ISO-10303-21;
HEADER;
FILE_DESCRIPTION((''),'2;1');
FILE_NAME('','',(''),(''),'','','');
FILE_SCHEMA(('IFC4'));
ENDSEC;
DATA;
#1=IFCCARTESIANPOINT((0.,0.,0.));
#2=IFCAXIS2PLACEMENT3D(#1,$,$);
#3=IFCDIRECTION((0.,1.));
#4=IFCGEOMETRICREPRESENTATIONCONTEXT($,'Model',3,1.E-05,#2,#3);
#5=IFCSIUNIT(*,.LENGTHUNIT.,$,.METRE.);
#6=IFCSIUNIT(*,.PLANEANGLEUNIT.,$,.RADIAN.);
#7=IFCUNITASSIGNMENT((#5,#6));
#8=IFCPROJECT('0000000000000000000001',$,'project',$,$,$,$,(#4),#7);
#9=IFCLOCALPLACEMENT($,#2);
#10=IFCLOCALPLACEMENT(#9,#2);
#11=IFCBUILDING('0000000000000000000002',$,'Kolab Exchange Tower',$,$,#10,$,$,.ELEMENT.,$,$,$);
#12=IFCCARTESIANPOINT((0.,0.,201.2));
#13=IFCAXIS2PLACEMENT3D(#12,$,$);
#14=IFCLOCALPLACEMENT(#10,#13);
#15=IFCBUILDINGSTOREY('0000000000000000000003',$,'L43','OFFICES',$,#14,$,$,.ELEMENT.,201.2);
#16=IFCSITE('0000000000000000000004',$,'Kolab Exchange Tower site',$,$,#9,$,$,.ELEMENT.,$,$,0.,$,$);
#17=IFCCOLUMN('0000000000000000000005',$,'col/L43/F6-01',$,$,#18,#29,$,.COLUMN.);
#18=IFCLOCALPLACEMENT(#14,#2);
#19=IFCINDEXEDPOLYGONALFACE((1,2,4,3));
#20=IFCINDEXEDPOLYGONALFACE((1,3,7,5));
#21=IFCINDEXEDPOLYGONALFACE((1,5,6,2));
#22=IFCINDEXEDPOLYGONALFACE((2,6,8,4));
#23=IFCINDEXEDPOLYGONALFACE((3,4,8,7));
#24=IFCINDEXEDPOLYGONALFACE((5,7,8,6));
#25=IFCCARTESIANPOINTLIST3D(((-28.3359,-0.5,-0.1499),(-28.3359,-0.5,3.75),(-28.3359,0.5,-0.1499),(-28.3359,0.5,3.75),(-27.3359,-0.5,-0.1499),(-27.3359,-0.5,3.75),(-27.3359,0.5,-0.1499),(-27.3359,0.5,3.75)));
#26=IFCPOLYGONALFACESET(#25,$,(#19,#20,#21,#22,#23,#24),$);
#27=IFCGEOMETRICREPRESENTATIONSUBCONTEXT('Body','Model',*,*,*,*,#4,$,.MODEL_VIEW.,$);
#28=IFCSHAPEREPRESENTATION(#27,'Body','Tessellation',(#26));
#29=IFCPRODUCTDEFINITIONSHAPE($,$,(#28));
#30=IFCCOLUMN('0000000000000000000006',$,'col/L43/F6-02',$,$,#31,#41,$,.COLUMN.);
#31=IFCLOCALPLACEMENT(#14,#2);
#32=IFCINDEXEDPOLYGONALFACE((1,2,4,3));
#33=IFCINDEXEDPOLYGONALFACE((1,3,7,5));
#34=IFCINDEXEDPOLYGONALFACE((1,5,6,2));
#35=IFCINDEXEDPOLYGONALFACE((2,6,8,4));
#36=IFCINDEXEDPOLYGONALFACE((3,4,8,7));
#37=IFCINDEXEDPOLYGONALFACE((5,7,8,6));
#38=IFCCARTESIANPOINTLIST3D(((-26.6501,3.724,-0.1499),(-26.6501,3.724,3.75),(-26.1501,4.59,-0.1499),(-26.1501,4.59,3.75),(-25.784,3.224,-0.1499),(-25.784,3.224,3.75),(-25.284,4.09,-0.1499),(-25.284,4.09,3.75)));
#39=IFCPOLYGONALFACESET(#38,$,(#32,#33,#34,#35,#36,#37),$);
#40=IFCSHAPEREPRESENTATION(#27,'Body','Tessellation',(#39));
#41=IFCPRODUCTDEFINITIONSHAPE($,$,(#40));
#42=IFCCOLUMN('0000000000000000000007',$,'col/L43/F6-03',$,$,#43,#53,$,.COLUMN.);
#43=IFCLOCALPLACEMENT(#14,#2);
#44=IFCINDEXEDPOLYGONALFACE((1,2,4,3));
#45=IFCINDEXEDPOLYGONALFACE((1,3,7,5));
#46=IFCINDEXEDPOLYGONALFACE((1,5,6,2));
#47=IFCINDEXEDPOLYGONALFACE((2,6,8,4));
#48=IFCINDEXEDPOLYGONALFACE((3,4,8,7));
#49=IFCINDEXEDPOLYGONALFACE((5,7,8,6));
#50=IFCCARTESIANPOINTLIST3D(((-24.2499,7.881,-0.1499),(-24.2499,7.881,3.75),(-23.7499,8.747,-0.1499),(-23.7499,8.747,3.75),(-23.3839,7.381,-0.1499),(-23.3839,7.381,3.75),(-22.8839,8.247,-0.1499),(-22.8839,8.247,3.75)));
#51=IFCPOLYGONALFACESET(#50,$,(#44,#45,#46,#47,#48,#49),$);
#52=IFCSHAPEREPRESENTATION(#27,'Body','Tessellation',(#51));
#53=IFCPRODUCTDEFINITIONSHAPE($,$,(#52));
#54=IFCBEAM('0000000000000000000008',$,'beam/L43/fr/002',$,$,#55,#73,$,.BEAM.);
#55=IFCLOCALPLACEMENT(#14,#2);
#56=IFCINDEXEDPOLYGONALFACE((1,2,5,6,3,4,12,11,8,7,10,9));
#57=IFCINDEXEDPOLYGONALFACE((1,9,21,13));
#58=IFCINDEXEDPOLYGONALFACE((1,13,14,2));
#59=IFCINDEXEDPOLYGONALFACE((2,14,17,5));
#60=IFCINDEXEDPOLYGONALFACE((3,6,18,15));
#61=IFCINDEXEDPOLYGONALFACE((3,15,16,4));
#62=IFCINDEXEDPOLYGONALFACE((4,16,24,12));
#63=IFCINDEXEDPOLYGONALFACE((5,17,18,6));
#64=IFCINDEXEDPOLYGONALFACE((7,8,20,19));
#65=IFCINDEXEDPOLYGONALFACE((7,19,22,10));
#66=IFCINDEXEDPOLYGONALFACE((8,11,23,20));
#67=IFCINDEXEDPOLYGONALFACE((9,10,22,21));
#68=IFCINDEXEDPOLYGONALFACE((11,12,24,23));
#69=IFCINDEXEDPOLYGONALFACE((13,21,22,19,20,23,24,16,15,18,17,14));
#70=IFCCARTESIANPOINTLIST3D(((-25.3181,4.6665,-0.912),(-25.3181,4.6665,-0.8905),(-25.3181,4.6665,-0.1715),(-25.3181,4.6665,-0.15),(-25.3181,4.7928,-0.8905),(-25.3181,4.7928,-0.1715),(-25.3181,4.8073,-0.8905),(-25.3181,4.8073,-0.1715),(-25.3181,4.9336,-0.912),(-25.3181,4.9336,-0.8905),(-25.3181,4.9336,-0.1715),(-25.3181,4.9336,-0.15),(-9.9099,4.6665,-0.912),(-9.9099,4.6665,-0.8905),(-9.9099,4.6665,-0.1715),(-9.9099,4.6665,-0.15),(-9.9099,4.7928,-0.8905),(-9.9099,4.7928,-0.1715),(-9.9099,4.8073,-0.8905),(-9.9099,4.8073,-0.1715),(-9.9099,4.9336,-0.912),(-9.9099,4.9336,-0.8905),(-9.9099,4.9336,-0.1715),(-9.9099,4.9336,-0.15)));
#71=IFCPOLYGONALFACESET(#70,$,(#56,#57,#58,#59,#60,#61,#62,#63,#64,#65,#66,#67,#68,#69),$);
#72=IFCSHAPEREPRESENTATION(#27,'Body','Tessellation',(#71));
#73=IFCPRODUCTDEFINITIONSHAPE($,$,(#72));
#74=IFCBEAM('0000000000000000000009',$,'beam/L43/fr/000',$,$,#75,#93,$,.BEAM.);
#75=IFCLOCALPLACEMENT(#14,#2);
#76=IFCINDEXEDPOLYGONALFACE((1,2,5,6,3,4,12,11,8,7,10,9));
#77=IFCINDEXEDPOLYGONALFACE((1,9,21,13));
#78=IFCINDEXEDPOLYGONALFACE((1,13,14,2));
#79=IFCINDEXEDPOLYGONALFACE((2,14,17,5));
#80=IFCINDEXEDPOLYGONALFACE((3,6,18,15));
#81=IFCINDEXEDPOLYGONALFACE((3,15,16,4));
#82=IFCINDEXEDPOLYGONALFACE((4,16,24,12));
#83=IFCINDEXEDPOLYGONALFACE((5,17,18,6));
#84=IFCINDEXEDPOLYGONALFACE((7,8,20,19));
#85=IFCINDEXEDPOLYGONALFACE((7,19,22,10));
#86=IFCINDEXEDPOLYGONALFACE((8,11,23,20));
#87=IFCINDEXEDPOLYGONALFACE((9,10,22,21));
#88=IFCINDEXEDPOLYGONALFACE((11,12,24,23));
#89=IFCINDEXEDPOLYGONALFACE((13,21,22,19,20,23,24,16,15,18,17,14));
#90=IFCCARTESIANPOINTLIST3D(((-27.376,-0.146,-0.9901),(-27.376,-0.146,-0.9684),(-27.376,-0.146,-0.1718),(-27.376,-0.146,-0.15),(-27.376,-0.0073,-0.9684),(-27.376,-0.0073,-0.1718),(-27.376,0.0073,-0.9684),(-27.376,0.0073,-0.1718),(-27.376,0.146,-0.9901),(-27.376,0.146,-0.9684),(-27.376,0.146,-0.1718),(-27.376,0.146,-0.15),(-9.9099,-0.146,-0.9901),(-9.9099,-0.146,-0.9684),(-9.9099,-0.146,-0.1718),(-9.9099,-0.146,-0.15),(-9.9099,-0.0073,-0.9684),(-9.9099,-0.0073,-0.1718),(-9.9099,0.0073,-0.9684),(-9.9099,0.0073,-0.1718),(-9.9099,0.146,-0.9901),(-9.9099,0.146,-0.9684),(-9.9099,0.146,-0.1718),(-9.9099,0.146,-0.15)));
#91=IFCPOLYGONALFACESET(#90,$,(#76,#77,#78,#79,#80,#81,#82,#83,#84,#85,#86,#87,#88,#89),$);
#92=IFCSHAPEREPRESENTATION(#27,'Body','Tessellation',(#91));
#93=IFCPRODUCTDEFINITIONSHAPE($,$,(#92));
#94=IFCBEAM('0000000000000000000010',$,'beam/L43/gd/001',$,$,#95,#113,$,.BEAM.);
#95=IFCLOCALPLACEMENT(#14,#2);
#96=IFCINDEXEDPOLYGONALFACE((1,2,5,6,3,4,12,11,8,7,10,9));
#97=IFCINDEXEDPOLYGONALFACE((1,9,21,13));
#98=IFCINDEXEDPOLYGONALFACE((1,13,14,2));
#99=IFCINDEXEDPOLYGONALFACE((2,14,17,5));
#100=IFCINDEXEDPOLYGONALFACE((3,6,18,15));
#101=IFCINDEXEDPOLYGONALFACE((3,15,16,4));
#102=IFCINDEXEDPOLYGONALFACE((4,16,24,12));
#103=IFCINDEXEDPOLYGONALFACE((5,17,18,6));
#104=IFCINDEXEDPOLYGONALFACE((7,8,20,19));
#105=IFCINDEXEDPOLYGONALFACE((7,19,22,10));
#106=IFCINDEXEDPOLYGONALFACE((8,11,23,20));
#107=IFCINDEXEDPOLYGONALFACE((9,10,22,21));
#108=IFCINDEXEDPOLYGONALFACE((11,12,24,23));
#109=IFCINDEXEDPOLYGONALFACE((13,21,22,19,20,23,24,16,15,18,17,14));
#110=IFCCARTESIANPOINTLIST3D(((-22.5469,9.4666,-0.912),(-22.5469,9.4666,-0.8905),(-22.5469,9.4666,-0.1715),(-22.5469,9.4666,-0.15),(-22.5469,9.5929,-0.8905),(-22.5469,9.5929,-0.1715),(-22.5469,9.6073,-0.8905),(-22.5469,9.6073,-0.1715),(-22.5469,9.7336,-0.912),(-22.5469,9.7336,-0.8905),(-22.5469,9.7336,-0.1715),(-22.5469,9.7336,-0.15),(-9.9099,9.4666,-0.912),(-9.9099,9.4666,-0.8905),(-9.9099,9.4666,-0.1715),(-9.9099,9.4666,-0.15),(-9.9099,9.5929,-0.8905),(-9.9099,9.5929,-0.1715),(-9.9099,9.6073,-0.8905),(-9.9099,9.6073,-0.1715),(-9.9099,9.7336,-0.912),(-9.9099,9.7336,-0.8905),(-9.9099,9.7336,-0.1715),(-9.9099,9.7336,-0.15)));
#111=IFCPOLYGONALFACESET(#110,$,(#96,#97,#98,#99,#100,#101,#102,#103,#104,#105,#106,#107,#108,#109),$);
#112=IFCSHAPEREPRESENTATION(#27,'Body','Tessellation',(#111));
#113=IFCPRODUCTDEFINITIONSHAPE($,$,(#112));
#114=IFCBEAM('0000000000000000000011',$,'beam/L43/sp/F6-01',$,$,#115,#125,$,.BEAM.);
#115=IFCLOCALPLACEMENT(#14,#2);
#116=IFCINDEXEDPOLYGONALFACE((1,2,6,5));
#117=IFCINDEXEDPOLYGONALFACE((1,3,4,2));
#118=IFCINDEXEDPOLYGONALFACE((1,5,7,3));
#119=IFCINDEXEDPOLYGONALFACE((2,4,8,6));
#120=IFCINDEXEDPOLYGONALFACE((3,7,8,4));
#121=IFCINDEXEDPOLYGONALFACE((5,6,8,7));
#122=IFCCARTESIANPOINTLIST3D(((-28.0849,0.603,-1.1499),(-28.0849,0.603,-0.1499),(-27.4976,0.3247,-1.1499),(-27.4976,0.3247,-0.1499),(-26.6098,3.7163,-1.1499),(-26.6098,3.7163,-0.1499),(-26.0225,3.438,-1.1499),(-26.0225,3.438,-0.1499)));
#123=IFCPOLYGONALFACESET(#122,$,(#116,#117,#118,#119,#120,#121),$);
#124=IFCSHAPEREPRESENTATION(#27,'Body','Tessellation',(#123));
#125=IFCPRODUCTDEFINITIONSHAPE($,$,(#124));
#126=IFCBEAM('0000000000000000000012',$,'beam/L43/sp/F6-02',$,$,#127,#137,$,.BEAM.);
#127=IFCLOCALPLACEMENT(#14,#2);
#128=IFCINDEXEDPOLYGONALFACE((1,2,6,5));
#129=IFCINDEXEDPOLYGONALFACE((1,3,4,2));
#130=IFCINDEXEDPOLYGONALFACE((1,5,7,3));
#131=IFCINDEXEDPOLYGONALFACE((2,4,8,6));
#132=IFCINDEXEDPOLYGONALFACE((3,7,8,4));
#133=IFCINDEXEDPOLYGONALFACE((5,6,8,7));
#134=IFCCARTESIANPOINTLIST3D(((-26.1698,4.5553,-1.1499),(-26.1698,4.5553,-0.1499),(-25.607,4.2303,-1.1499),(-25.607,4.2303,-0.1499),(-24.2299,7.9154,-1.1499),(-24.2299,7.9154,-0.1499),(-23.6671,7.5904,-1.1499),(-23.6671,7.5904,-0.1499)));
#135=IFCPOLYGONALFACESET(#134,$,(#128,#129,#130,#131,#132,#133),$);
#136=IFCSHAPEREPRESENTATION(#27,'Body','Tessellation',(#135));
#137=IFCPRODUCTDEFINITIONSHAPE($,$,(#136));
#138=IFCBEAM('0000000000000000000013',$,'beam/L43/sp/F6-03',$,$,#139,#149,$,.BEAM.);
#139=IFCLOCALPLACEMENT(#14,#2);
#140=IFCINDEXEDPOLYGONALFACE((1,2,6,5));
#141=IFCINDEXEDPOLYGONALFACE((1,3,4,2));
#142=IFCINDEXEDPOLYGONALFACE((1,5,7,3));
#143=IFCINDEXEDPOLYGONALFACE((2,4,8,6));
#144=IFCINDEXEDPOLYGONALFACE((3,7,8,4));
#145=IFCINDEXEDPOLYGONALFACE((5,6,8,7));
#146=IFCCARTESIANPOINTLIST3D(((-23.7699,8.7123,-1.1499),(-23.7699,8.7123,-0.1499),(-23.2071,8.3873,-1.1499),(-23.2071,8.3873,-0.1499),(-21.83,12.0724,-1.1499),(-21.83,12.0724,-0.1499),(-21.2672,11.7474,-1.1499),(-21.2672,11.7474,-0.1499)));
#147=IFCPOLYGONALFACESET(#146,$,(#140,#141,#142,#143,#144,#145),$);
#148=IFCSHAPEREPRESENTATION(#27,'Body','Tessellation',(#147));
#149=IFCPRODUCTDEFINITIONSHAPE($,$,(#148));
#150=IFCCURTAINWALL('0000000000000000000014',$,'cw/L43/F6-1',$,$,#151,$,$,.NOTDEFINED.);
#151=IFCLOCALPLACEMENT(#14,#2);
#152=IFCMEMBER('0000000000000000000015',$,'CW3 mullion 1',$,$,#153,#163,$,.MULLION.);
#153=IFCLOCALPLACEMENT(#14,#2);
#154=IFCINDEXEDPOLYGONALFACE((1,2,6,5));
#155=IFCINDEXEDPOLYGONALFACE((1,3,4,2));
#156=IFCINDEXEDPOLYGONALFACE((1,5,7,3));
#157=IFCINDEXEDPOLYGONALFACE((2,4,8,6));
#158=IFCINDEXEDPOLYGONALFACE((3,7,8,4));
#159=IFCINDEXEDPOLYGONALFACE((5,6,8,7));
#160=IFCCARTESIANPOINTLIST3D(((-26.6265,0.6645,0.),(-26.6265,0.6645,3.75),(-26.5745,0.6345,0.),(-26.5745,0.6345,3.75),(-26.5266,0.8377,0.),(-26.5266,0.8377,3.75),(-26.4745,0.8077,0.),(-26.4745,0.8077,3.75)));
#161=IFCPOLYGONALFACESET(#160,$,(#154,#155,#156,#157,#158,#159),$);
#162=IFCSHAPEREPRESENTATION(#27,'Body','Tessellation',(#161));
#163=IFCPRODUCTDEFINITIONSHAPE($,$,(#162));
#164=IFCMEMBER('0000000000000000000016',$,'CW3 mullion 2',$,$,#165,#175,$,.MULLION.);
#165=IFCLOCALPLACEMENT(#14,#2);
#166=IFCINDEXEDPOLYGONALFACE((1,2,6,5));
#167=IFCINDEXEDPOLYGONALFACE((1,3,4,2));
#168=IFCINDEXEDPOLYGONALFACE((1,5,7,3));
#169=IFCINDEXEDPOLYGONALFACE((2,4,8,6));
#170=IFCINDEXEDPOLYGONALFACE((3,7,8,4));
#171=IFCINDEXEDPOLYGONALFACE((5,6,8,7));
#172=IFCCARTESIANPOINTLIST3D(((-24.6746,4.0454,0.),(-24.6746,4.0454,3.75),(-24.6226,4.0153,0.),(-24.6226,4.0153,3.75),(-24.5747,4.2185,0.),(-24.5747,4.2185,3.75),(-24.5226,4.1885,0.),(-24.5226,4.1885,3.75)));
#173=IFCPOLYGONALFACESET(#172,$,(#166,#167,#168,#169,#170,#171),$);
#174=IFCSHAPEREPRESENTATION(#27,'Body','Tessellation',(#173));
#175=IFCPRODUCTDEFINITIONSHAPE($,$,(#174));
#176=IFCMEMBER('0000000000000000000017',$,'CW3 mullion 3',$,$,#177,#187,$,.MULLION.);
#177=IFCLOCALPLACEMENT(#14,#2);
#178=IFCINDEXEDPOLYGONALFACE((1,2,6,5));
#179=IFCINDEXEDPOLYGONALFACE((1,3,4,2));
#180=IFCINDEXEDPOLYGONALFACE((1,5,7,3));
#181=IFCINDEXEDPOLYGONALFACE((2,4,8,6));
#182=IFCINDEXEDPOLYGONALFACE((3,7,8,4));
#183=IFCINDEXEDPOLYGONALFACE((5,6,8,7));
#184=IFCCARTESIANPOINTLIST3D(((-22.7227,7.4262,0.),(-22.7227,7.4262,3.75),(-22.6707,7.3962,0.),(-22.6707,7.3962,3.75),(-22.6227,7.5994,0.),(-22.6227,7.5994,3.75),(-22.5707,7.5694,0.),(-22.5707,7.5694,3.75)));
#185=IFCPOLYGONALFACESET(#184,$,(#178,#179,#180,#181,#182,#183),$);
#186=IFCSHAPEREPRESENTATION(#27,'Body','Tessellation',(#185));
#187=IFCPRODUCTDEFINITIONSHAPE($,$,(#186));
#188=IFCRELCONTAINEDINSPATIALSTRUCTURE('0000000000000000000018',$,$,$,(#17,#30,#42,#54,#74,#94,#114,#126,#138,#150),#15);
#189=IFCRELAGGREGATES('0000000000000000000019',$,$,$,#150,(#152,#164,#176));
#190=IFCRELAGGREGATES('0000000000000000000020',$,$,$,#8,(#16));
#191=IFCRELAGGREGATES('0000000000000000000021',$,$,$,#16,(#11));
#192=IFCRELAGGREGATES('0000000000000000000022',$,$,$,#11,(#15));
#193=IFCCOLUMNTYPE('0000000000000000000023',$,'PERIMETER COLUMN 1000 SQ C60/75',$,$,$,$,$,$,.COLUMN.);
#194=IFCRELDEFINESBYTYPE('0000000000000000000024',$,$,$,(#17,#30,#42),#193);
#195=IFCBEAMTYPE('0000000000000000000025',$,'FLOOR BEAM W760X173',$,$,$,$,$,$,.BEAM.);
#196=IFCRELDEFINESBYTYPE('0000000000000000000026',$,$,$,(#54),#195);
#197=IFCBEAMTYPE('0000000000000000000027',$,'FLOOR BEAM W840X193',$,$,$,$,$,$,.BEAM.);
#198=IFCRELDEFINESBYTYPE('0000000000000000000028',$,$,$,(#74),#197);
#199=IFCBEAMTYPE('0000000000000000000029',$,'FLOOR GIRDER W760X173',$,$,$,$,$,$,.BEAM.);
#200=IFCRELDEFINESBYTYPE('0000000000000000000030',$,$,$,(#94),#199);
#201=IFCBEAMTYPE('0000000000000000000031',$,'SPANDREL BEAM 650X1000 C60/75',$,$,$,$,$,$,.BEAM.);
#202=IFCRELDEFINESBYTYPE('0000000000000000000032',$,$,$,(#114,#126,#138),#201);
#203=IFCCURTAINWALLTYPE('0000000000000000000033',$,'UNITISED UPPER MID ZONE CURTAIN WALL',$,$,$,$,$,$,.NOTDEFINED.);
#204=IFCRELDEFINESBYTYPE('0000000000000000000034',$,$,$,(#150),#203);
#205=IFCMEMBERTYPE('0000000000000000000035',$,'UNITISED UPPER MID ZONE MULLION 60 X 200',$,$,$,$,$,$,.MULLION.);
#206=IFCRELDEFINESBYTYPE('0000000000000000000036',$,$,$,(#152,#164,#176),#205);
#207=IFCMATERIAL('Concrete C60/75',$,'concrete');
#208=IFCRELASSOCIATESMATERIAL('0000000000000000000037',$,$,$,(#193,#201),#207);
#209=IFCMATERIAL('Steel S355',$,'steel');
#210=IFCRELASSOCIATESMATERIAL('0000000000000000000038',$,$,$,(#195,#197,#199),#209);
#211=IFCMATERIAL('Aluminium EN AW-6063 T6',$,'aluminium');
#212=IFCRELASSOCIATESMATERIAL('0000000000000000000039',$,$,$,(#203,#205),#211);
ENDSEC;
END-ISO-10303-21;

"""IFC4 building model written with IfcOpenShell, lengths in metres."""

from ifc_helpers import new_model, si_unit, direction, frame, origin, origin_2d, place, context, subcontext, project, spatial, rectangle, i_section, extrude, material, material_profile, profile_set, type_object, element, aggregate, save


model = new_model("IFC4")

# Units and contexts
model_context = context("Model", 3, precision=1e-05, world=origin(), true_north=direction((0.0, 1.0)))
body_context = subcontext(model_context, "Body", "Model", "MODEL_VIEW")
ifc_project = project(units=[si_unit("LENGTHUNIT", "METRE"), si_unit("PLANEANGLEUNIT", "RADIAN")], contexts=[model_context])

# Site, building, storey
site_placement = place(None, origin())
site = spatial("IfcSite", under=ifc_project, at=site_placement, Name="Kolab Exchange Tower site", CompositionType="ELEMENT", RefElevation=0.0)
building_placement = place(site_placement, origin())
building = spatial("IfcBuilding", under=site, at=building_placement, Name="Kolab Exchange Tower", CompositionType="ELEMENT")
storey_placement = place(building_placement, frame((0.0, 0.0, 201.2)))
storey = spatial("IfcBuildingStorey", under=building, at=storey_placement, Name="L43", Description="OFFICES", CompositionType="ELEMENT", Elevation=201.2)

# Columns
ifc_material_1 = material(Name="Concrete C60/75", Category="concrete")
ifc_material_profile_1 = material_profile(ifc_material_1, rectangle(XDim=1.0, YDim=1.0, at=origin_2d()), Name="RC1000")
ifc_profile_set_1 = profile_set([ifc_material_profile_1], Name="Concrete C60/75")
column_type = type_object("IfcColumnType", Name="PERIMETER COLUMN 1000 SQ C60/75", PredefinedType="COLUMN", material=ifc_profile_set_1)
for number, where, z_axis, x_axis, name in (
    (1, (-27.8359, 0.0, -0.1499), (0.0, 0.0, 1.0), (1.0, 0.0, 0.0), "col/L43/F6-01"),
    (2, (-25.967, 3.907, -0.1499), (0.0, 0.0, 1.0), (0.5, 0.866025, 0.0), "col/L43/F6-02"),
    (3, (-23.5669, 8.064, -0.1499), (0.0, 0.0, 1.0), (0.5, 0.866025, 0.0), "col/L43/F6-03"),
):
    element("IfcColumn", number, at=place(storey_placement, frame(where, z_axis=z_axis, x_axis=x_axis)), inside=storey, type_object=column_type, Name=name, PredefinedType="COLUMN", context=body_context, shape_type="SweptSolid", body=[
        extrude(rectangle(XDim=1.0, YDim=1.0, at=origin_2d()), origin(), (0.0, 0.0, 1.0), 3.8999),
    ])

# Beams
ifc_material_2 = material(Name="Steel S355", Category="steel")
ifc_material_profile_2 = material_profile(ifc_material_2, i_section(OverallWidth=0.2671, OverallDepth=0.762, WebThickness=0.0144, FlangeThickness=0.0215, at=origin_2d()), Name="W760X173")
ifc_profile_set_2 = profile_set([ifc_material_profile_2], Name="Steel S355")
beam_type_1 = type_object("IfcBeamType", Name="FLOOR BEAM W760X173", PredefinedType="BEAM", material=ifc_profile_set_2)
beam_1_placement = place(storey_placement, frame((-25.3181, 4.8, -0.531), z_axis=(1.0, 0.0, 0.0), x_axis=(0.0, 1.0, 0.0)))
element("IfcBeam", 4, at=beam_1_placement, inside=storey, type_object=beam_type_1, Name="beam/L43/fr/002", PredefinedType="BEAM", context=body_context, shape_type="SweptSolid", body=[
    extrude(i_section(OverallWidth=0.2671, OverallDepth=0.762, WebThickness=0.0144, FlangeThickness=0.0215, at=origin_2d()), origin(), (0.0, 0.0, 1.0), 15.4082),
])
ifc_material_profile_3 = material_profile(ifc_material_2, i_section(OverallWidth=0.292, OverallDepth=0.8401, WebThickness=0.0146, FlangeThickness=0.0217, at=origin_2d()), Name="W840X193")
ifc_profile_set_3 = profile_set([ifc_material_profile_3], Name="Steel S355")
beam_type_2 = type_object("IfcBeamType", Name="FLOOR BEAM W840X193", PredefinedType="BEAM", material=ifc_profile_set_3)
beam_2_placement = place(storey_placement, frame((-27.376, 0.0, -0.5701), z_axis=(1.0, 0.0, 0.0), x_axis=(0.0, 1.0, 0.0)))
element("IfcBeam", 5, at=beam_2_placement, inside=storey, type_object=beam_type_2, Name="beam/L43/fr/000", PredefinedType="BEAM", context=body_context, shape_type="SweptSolid", body=[
    extrude(i_section(OverallWidth=0.292, OverallDepth=0.8401, WebThickness=0.0146, FlangeThickness=0.0217, at=origin_2d()), origin(), (0.0, 0.0, 1.0), 17.4661),
])
ifc_material_profile_4 = material_profile(ifc_material_2, i_section(OverallWidth=0.2671, OverallDepth=0.762, WebThickness=0.0144, FlangeThickness=0.0215, at=origin_2d()), Name="W760X173")
ifc_profile_set_4 = profile_set([ifc_material_profile_4], Name="Steel S355")
beam_type_3 = type_object("IfcBeamType", Name="FLOOR GIRDER W760X173", PredefinedType="BEAM", material=ifc_profile_set_4)
beam_3_placement = place(storey_placement, frame((-22.5469, 9.6001, -0.531), z_axis=(1.0, 0.0, 0.0), x_axis=(0.0, 1.0, 0.0)))
element("IfcBeam", 6, at=beam_3_placement, inside=storey, type_object=beam_type_3, Name="beam/L43/gd/001", PredefinedType="BEAM", context=body_context, shape_type="SweptSolid", body=[
    extrude(i_section(OverallWidth=0.2671, OverallDepth=0.762, WebThickness=0.0144, FlangeThickness=0.0215, at=origin_2d()), origin(), (0.0, 0.0, 1.0), 12.637),
])
ifc_material_profile_5 = material_profile(ifc_material_1, rectangle(XDim=0.6499, YDim=1.0, at=origin_2d()), Name="RC650X1000")
ifc_profile_set_5 = profile_set([ifc_material_profile_5], Name="Concrete C60/75")
beam_type_4 = type_object("IfcBeamType", Name="SPANDREL BEAM 650X1000 C60/75", PredefinedType="BEAM", material=ifc_profile_set_5)
beam_4_placement = place(storey_placement, frame((-27.7913, 0.4639, -0.6499), z_axis=(0.428178, 0.903695, 0.0), x_axis=(-0.903695, 0.428178, 0.0)))
element("IfcBeam", 7, at=beam_4_placement, inside=storey, type_object=beam_type_4, Name="beam/L43/sp/F6-01", PredefinedType="BEAM", context=body_context, shape_type="SweptSolid", body=[
    extrude(rectangle(XDim=0.6499, YDim=1.0, at=origin_2d()), origin(), (0.0, 0.0, 1.0), 3.4451),
])
for number, where, z_axis, x_axis, name in (
    (8, (-25.8884, 4.3928, -0.6499), (0.499997, 0.866027, 0.0), (-0.866027, 0.499997, 0.0), "beam/L43/sp/F6-02"),
    (9, (-23.4885, 8.5498, -0.6499), (0.499997, 0.866027, 0.0), (-0.866027, 0.499997, 0.0), "beam/L43/sp/F6-03"),
):
    element("IfcBeam", number, at=place(storey_placement, frame(where, z_axis=z_axis, x_axis=x_axis)), inside=storey, type_object=beam_type_4, Name=name, PredefinedType="BEAM", context=body_context, shape_type="SweptSolid", body=[
        extrude(rectangle(XDim=0.6499, YDim=1.0, at=origin_2d()), origin(), (0.0, 0.0, 1.0), 3.8799),
    ])

# Curtain wall, members
ifc_material_3 = material(Name="Aluminium EN AW-6063 T6", Category="aluminium")
curtain_wall_type = type_object("IfcCurtainWallType", Name="UNITISED UPPER MID ZONE CURTAIN WALL", PredefinedType="NOTDEFINED", material=ifc_material_3)
curtain_wall_1_placement = place(storey_placement, origin())
curtain_wall_1 = element("IfcCurtainWall", 10, at=curtain_wall_1_placement, inside=storey, type_object=curtain_wall_type, Name="cw/L43/F6-1", PredefinedType="NOTDEFINED")
ifc_material_profile_6 = material_profile(ifc_material_3, rectangle(XDim=0.0601, YDim=0.2, at=origin_2d()), Name="RECT 60X200")
ifc_profile_set_6 = profile_set([ifc_material_profile_6], Name="Aluminium EN AW-6063 T6")
member_type_1 = type_object("IfcMemberType", Name="UNITISED UPPER MID ZONE MULLION 60 X 200", PredefinedType="MULLION", material=ifc_profile_set_6)
member_1_placement = place(storey_placement, frame((-26.5505, 0.7361, 0.0), z_axis=(0.0, 0.0, 1.0), x_axis=(-0.866025, 0.5, 0.0)))
member_1 = element("IfcMember", 11, at=member_1_placement, type_object=member_type_1, Name="CW3 mullion 1", PredefinedType="MULLION", context=body_context, shape_type="SweptSolid", body=[
    extrude(rectangle(XDim=0.0601, YDim=0.2, at=origin_2d()), origin(), (0.0, 0.0, 1.0), 3.75),
])
member_2_placement = place(storey_placement, frame((-24.5986, 4.1169, 0.0), z_axis=(0.0, 0.0, 1.0), x_axis=(-0.866025, 0.5, 0.0)))
member_2 = element("IfcMember", 12, at=member_2_placement, type_object=member_type_1, Name="CW3 mullion 2", PredefinedType="MULLION", context=body_context, shape_type="SweptSolid", body=[
    extrude(rectangle(XDim=0.0601, YDim=0.2, at=origin_2d()), origin(), (0.0, 0.0, 1.0), 3.75),
])
member_3_placement = place(storey_placement, frame((-22.6467, 7.4978, 0.0), z_axis=(0.0, 0.0, 1.0), x_axis=(-0.866025, 0.5, 0.0)))
member_3 = element("IfcMember", 13, at=member_3_placement, type_object=member_type_1, Name="CW3 mullion 3", PredefinedType="MULLION", context=body_context, shape_type="SweptSolid", body=[
    extrude(rectangle(XDim=0.0601, YDim=0.2, at=origin_2d()), origin(), (0.0, 0.0, 1.0), 3.75),
])

aggregate(curtain_wall_1, [member_1, member_2, member_3])

save(model, "model.ifc")
